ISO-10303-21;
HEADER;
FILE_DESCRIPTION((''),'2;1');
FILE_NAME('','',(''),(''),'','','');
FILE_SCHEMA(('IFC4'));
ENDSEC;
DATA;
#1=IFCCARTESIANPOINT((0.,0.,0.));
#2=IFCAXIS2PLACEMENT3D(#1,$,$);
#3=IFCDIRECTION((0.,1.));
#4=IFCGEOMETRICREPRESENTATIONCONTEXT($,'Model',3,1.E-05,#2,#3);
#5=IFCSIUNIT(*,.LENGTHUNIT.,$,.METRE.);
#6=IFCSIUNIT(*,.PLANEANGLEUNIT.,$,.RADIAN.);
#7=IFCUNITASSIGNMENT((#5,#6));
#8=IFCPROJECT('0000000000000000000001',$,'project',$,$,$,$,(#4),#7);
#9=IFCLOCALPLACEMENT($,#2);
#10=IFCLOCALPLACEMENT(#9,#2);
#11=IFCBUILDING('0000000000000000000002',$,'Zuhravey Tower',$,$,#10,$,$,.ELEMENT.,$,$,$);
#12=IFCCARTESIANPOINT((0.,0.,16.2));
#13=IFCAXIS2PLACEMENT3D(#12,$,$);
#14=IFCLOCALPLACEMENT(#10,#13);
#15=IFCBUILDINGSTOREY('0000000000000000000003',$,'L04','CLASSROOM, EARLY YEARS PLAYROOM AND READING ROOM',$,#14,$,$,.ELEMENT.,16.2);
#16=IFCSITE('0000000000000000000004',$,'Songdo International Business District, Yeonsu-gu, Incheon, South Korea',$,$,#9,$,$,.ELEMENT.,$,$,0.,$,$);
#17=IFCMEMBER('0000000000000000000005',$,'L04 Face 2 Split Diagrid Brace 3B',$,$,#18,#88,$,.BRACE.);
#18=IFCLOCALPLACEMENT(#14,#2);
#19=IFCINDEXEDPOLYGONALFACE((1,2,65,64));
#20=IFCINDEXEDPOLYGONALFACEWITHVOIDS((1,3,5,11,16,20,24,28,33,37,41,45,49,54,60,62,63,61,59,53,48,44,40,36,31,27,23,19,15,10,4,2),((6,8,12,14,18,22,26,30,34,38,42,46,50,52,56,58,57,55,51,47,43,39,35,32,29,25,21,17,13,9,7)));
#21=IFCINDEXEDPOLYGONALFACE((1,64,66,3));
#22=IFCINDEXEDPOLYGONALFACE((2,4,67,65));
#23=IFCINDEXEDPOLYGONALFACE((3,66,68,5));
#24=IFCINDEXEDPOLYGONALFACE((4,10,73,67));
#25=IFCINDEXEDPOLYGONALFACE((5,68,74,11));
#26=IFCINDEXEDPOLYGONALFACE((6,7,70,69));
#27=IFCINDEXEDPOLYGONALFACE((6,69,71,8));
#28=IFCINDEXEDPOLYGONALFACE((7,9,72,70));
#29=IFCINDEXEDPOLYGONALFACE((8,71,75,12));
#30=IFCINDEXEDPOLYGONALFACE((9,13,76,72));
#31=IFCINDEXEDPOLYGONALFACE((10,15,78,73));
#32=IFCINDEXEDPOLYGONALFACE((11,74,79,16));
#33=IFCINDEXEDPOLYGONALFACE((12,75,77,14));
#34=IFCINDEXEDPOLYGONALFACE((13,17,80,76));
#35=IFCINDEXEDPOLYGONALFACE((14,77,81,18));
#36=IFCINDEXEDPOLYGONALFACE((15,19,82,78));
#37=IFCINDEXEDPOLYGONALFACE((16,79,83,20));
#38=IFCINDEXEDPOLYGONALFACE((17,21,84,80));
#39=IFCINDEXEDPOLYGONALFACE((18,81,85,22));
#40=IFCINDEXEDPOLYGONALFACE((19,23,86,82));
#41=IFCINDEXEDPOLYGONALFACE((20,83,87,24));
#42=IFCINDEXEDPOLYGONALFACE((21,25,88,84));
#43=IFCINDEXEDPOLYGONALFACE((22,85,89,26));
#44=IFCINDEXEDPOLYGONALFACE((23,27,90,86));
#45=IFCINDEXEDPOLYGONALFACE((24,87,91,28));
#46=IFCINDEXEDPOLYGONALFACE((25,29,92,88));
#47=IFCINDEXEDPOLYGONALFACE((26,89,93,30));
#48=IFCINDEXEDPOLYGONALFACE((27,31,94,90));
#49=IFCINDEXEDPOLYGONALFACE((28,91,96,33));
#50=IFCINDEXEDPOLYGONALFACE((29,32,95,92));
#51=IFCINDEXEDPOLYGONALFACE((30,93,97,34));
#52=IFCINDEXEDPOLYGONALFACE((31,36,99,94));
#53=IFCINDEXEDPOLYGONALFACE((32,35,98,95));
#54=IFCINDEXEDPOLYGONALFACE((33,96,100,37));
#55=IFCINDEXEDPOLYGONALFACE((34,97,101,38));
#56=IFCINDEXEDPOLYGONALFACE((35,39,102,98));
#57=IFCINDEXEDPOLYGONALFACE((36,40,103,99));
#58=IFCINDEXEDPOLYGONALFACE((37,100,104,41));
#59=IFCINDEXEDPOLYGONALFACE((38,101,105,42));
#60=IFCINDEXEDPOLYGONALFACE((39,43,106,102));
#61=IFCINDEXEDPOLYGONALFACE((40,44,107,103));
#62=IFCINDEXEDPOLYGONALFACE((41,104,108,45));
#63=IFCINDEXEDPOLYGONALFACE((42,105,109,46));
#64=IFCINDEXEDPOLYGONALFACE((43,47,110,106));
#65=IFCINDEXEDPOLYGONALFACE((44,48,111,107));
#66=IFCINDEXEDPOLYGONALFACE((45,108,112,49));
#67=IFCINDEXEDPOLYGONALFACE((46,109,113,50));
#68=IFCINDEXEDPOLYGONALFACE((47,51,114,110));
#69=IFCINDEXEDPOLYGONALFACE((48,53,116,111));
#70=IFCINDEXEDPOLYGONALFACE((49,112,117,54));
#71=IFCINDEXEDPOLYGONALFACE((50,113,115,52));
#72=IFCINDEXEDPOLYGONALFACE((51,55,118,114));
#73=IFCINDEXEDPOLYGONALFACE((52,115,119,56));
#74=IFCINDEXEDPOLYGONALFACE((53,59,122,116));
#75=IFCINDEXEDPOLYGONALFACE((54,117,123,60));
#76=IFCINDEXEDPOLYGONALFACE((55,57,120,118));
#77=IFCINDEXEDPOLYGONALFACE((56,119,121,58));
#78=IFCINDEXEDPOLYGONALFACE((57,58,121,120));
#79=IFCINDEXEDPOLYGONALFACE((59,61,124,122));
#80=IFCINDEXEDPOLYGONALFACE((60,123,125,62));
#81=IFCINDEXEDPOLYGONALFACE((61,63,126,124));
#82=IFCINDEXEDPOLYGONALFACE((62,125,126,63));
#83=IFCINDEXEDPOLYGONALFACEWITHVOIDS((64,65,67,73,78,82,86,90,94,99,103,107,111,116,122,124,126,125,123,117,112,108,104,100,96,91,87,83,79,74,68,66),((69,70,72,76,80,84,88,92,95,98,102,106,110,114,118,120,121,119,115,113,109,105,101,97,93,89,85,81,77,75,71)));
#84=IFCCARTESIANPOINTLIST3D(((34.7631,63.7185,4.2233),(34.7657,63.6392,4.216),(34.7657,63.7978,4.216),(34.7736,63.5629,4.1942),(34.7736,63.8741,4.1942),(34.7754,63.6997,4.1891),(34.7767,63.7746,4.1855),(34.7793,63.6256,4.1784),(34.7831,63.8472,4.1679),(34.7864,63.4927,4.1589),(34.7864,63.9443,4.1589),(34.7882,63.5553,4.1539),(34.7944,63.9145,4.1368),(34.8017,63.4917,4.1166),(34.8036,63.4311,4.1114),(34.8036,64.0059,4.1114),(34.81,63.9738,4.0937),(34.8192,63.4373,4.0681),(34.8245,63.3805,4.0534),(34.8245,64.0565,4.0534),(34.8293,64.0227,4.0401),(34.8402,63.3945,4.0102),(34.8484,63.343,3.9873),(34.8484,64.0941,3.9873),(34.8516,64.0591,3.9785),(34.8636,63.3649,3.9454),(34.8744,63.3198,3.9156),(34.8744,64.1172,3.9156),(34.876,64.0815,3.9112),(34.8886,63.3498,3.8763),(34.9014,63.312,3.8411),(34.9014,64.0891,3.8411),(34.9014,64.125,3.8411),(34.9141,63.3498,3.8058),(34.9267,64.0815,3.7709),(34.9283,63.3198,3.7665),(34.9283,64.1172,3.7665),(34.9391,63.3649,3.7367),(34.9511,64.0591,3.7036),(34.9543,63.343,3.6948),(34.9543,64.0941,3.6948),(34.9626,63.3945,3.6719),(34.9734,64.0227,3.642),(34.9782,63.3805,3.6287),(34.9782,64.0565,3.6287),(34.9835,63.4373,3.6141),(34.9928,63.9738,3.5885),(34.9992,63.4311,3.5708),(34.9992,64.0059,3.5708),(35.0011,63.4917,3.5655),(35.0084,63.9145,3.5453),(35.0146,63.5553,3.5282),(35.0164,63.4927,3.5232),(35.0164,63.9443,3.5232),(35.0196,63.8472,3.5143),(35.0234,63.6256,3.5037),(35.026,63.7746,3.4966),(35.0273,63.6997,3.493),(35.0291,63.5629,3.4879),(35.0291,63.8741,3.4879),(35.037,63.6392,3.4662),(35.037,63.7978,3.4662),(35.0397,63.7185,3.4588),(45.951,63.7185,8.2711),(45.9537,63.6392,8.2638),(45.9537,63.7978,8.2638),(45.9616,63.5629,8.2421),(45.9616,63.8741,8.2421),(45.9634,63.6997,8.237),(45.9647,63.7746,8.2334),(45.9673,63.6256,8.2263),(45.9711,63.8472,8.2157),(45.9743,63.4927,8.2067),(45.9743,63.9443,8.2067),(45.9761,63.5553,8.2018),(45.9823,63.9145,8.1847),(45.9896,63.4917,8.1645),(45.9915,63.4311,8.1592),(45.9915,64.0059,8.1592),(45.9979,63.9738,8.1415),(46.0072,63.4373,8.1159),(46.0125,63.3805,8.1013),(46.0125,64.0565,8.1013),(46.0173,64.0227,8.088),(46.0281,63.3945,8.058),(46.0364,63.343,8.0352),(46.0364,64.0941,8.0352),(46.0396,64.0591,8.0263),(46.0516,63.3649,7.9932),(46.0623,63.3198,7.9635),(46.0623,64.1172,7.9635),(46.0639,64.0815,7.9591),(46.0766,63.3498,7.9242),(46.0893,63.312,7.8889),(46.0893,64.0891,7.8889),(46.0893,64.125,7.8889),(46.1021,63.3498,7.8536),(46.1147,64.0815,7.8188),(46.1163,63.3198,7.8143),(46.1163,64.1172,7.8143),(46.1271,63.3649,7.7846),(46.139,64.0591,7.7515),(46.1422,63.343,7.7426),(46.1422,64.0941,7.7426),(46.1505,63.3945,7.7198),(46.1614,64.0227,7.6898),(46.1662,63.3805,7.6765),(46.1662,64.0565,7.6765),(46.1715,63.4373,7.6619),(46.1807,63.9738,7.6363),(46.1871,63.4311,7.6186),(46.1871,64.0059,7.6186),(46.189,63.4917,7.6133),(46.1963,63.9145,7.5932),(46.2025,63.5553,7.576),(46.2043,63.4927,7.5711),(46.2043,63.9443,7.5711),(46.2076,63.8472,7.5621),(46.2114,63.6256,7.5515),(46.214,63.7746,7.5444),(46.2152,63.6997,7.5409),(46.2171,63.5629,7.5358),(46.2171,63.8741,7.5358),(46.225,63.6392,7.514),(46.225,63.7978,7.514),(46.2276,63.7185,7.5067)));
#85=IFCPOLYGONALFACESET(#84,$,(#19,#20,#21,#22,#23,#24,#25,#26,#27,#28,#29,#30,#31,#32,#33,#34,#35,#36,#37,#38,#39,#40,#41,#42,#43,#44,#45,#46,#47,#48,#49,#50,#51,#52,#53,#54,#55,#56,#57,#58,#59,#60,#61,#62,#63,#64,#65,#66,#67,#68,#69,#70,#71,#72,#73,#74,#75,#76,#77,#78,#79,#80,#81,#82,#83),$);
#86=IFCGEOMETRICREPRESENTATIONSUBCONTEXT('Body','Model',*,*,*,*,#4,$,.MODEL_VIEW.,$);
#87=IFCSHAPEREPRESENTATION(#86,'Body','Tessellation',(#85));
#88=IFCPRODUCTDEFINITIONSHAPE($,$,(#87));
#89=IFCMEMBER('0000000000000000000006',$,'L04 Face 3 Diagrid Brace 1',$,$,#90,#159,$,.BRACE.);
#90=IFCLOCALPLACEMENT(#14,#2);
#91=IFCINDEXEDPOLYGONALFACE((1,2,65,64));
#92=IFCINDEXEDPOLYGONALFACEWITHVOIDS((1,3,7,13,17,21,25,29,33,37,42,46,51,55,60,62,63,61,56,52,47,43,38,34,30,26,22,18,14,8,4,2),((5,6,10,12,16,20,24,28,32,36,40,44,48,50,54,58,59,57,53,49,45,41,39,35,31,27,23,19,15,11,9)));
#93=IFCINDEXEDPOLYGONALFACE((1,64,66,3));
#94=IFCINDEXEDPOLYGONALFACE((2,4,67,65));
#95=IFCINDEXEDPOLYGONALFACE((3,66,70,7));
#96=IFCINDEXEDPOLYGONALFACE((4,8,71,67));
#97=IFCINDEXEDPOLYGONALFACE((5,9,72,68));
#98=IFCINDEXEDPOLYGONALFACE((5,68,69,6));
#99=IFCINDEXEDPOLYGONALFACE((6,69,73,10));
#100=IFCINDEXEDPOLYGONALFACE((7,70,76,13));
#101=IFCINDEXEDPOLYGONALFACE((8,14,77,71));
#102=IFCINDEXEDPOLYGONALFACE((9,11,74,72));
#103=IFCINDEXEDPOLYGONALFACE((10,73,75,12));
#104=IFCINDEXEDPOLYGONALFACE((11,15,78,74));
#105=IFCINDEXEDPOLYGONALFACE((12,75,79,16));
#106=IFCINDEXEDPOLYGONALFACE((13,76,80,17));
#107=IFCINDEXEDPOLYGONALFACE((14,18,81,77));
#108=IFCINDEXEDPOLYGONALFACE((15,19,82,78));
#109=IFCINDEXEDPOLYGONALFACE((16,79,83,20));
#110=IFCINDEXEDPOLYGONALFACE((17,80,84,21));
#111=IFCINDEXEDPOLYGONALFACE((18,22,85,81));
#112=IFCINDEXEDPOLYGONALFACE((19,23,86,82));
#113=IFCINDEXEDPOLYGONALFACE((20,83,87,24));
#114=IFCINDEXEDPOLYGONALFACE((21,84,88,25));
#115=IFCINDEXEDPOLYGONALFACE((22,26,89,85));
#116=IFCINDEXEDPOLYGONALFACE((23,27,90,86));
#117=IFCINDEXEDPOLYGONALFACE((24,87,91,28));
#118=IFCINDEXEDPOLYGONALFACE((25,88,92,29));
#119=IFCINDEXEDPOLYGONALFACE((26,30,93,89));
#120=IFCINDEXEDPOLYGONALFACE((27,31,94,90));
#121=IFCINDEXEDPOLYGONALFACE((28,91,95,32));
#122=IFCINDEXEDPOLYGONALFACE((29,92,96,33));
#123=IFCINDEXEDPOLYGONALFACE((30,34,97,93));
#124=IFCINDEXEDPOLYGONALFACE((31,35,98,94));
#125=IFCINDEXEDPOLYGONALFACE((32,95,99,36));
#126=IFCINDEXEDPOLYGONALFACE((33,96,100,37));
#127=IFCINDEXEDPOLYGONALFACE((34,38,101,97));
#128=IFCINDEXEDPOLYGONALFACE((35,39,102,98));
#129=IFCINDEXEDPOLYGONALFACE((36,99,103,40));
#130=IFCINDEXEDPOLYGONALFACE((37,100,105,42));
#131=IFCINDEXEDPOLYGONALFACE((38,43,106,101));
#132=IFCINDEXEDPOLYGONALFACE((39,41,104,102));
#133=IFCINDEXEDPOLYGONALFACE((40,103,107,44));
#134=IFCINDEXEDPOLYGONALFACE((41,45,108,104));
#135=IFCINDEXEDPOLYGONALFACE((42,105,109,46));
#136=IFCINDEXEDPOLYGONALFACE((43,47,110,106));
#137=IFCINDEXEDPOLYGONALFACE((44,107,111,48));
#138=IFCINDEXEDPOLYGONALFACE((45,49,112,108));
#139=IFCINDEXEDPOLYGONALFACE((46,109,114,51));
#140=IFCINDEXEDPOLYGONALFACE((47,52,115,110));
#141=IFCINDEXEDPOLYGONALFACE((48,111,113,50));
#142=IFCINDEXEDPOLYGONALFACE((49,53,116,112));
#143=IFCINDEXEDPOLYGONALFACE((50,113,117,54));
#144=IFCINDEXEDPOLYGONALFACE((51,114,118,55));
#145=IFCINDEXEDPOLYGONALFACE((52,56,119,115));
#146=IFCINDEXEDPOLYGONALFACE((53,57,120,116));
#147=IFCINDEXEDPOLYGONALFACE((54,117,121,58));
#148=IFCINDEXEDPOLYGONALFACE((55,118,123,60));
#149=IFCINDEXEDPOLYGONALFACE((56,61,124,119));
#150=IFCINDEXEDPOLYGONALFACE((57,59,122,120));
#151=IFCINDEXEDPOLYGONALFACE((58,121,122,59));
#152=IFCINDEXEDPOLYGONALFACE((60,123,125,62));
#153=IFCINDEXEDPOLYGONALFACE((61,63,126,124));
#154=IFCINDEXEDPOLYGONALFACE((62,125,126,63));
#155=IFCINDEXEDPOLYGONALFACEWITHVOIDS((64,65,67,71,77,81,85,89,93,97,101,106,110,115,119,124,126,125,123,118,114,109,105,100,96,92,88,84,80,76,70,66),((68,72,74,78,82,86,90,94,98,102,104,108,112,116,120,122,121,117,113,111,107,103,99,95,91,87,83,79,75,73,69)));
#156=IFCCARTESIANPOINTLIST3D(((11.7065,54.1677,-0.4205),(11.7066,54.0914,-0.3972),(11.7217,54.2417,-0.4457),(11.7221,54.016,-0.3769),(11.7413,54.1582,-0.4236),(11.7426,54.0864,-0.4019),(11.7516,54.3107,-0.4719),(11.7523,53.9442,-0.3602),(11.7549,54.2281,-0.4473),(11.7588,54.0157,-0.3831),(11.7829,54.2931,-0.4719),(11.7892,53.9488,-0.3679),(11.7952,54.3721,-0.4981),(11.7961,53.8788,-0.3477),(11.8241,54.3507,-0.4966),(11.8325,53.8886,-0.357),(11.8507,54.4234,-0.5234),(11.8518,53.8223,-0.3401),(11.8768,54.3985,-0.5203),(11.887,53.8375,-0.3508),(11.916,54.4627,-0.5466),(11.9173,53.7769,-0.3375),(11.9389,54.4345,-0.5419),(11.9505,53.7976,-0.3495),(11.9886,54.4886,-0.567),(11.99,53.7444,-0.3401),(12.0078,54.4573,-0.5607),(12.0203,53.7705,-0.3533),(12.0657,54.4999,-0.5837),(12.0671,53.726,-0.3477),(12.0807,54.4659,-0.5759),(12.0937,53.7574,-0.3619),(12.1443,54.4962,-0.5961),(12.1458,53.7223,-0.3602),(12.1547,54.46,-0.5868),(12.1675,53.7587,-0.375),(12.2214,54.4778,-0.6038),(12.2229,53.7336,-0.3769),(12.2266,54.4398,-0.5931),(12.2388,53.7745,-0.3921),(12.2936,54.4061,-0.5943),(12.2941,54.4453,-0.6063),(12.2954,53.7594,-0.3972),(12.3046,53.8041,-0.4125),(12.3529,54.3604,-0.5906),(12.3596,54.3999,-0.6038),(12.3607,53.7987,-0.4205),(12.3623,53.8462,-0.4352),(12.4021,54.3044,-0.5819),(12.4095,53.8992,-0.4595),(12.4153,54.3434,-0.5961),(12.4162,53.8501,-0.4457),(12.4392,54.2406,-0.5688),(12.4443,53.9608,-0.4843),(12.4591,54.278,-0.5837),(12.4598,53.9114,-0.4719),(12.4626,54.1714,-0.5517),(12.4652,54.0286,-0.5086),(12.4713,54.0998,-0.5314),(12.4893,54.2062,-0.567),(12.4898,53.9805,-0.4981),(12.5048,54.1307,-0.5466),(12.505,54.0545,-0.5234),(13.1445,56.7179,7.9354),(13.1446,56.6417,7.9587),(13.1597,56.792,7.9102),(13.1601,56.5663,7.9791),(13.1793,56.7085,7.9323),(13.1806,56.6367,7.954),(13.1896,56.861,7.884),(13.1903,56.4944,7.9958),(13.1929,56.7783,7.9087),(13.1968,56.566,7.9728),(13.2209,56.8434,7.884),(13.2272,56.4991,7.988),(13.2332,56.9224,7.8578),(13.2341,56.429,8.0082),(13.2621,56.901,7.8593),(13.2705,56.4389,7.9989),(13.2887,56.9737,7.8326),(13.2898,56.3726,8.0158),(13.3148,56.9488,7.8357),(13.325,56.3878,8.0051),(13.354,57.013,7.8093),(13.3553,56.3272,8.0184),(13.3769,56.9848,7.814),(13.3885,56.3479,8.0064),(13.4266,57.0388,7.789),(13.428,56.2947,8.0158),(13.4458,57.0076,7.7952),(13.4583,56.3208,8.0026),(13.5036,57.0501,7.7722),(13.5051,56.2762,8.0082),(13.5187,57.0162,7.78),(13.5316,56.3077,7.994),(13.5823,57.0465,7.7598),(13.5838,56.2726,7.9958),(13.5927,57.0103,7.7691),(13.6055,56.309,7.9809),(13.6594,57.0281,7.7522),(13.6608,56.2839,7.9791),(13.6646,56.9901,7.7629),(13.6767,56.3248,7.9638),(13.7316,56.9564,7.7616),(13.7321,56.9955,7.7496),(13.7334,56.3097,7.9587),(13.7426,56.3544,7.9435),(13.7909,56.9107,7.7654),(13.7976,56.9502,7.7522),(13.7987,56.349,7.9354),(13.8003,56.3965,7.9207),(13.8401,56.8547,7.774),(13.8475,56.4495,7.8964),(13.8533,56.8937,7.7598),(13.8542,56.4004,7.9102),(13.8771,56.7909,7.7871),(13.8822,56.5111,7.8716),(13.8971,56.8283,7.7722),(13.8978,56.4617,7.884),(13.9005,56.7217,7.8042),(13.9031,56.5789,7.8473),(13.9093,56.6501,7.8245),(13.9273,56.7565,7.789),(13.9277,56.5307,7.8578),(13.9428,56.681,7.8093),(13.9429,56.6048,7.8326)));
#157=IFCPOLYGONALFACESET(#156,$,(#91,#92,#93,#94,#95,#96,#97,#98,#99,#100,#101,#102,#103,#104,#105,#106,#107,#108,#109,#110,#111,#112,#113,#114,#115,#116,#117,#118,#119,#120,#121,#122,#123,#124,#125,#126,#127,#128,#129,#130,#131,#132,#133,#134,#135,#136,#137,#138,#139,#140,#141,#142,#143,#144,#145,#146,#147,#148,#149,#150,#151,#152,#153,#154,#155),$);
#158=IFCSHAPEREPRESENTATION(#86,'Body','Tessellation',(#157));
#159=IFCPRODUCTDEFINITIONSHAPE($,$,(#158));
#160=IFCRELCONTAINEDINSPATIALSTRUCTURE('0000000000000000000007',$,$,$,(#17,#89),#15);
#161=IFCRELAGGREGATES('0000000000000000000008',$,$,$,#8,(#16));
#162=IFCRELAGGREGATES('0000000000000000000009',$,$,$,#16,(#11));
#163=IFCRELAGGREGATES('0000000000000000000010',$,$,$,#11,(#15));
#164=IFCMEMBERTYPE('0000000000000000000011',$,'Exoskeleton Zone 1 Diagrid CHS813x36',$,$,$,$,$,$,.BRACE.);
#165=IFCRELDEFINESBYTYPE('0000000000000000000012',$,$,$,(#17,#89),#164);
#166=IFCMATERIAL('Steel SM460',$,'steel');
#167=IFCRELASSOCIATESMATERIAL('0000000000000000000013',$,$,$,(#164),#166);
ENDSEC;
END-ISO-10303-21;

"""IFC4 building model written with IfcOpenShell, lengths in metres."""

from ifc_helpers import new_model, si_unit, direction, frame, origin, origin_2d, place, context, subcontext, project, spatial, hollow_circle, extrude, material, material_profile, profile_set, type_object, element, save


model = new_model("IFC4")

# Units and contexts
model_context = context("Model", 3, precision=1e-05, world=origin(), true_north=direction((0.0, 1.0)))
body_context = subcontext(model_context, "Body", "Model", "MODEL_VIEW")
ifc_project = project(units=[si_unit("LENGTHUNIT", "METRE"), si_unit("PLANEANGLEUNIT", "RADIAN")], contexts=[model_context])

# Site, building, storey
site_placement = place(None, origin())
site = spatial("IfcSite", under=ifc_project, at=site_placement, Name="Songdo International Business District, Yeonsu-gu, Incheon, South Korea", CompositionType="ELEMENT", RefElevation=0.0)
building_placement = place(site_placement, origin())
building = spatial("IfcBuilding", under=site, at=building_placement, Name="Zuhravey Tower", CompositionType="ELEMENT")
storey_placement = place(building_placement, frame((0.0, 0.0, 16.2)))
storey = spatial("IfcBuildingStorey", under=building, at=storey_placement, Name="L04", Description="CLASSROOM, EARLY YEARS PLAYROOM AND READING ROOM", CompositionType="ELEMENT", Elevation=16.2)

# Members
ifc_material_1 = material(Name="Steel SM460", Category="steel")
ifc_material_profile_1 = material_profile(ifc_material_1, hollow_circle(Radius=0.4065, WallThickness=0.0359, at=origin_2d()), Name="CHS-812.8x36")
ifc_profile_set_1 = profile_set([ifc_material_profile_1], Name="Steel SM460")
member_type_1 = type_object("IfcMemberType", Name="Exoskeleton Zone 1 Diagrid CHS813x36", PredefinedType="BRACE", material=ifc_profile_set_1)
member_1_placement = place(storey_placement, frame((34.9014, 63.7185, 3.8411), z_axis=(0.940346, 0.0, 0.34022), x_axis=(0.0, 1.0, 0.0)))
element("IfcMember", 1, at=member_1_placement, inside=storey, type_object=member_type_1, Name="L04 Face 2 Split Diagrid Brace 3B", PredefinedType="BRACE", context=body_context, shape_type="SweptSolid", body=[
    extrude(hollow_circle(Radius=0.4065, WallThickness=0.0359, at=origin_2d()), origin(), (0.0, 0.0, 1.0), 11.8977),
])
member_2_placement = place(storey_placement, frame((12.1057, 54.1111, -0.4719), z_axis=(0.162411, 0.288038, 0.943746), x_axis=(-0.871072, 0.491156, 0.0)))
element("IfcMember", 2, at=member_2_placement, inside=storey, type_object=member_type_1, Name="L04 Face 3 Diagrid Brace 1", PredefinedType="BRACE", context=body_context, shape_type="SweptSolid", body=[
    extrude(hollow_circle(Radius=0.4065, WallThickness=0.0359, at=origin_2d()), origin(), (0.0, 0.0, 1.0), 8.854),
])

save(model, "model.ifc")
